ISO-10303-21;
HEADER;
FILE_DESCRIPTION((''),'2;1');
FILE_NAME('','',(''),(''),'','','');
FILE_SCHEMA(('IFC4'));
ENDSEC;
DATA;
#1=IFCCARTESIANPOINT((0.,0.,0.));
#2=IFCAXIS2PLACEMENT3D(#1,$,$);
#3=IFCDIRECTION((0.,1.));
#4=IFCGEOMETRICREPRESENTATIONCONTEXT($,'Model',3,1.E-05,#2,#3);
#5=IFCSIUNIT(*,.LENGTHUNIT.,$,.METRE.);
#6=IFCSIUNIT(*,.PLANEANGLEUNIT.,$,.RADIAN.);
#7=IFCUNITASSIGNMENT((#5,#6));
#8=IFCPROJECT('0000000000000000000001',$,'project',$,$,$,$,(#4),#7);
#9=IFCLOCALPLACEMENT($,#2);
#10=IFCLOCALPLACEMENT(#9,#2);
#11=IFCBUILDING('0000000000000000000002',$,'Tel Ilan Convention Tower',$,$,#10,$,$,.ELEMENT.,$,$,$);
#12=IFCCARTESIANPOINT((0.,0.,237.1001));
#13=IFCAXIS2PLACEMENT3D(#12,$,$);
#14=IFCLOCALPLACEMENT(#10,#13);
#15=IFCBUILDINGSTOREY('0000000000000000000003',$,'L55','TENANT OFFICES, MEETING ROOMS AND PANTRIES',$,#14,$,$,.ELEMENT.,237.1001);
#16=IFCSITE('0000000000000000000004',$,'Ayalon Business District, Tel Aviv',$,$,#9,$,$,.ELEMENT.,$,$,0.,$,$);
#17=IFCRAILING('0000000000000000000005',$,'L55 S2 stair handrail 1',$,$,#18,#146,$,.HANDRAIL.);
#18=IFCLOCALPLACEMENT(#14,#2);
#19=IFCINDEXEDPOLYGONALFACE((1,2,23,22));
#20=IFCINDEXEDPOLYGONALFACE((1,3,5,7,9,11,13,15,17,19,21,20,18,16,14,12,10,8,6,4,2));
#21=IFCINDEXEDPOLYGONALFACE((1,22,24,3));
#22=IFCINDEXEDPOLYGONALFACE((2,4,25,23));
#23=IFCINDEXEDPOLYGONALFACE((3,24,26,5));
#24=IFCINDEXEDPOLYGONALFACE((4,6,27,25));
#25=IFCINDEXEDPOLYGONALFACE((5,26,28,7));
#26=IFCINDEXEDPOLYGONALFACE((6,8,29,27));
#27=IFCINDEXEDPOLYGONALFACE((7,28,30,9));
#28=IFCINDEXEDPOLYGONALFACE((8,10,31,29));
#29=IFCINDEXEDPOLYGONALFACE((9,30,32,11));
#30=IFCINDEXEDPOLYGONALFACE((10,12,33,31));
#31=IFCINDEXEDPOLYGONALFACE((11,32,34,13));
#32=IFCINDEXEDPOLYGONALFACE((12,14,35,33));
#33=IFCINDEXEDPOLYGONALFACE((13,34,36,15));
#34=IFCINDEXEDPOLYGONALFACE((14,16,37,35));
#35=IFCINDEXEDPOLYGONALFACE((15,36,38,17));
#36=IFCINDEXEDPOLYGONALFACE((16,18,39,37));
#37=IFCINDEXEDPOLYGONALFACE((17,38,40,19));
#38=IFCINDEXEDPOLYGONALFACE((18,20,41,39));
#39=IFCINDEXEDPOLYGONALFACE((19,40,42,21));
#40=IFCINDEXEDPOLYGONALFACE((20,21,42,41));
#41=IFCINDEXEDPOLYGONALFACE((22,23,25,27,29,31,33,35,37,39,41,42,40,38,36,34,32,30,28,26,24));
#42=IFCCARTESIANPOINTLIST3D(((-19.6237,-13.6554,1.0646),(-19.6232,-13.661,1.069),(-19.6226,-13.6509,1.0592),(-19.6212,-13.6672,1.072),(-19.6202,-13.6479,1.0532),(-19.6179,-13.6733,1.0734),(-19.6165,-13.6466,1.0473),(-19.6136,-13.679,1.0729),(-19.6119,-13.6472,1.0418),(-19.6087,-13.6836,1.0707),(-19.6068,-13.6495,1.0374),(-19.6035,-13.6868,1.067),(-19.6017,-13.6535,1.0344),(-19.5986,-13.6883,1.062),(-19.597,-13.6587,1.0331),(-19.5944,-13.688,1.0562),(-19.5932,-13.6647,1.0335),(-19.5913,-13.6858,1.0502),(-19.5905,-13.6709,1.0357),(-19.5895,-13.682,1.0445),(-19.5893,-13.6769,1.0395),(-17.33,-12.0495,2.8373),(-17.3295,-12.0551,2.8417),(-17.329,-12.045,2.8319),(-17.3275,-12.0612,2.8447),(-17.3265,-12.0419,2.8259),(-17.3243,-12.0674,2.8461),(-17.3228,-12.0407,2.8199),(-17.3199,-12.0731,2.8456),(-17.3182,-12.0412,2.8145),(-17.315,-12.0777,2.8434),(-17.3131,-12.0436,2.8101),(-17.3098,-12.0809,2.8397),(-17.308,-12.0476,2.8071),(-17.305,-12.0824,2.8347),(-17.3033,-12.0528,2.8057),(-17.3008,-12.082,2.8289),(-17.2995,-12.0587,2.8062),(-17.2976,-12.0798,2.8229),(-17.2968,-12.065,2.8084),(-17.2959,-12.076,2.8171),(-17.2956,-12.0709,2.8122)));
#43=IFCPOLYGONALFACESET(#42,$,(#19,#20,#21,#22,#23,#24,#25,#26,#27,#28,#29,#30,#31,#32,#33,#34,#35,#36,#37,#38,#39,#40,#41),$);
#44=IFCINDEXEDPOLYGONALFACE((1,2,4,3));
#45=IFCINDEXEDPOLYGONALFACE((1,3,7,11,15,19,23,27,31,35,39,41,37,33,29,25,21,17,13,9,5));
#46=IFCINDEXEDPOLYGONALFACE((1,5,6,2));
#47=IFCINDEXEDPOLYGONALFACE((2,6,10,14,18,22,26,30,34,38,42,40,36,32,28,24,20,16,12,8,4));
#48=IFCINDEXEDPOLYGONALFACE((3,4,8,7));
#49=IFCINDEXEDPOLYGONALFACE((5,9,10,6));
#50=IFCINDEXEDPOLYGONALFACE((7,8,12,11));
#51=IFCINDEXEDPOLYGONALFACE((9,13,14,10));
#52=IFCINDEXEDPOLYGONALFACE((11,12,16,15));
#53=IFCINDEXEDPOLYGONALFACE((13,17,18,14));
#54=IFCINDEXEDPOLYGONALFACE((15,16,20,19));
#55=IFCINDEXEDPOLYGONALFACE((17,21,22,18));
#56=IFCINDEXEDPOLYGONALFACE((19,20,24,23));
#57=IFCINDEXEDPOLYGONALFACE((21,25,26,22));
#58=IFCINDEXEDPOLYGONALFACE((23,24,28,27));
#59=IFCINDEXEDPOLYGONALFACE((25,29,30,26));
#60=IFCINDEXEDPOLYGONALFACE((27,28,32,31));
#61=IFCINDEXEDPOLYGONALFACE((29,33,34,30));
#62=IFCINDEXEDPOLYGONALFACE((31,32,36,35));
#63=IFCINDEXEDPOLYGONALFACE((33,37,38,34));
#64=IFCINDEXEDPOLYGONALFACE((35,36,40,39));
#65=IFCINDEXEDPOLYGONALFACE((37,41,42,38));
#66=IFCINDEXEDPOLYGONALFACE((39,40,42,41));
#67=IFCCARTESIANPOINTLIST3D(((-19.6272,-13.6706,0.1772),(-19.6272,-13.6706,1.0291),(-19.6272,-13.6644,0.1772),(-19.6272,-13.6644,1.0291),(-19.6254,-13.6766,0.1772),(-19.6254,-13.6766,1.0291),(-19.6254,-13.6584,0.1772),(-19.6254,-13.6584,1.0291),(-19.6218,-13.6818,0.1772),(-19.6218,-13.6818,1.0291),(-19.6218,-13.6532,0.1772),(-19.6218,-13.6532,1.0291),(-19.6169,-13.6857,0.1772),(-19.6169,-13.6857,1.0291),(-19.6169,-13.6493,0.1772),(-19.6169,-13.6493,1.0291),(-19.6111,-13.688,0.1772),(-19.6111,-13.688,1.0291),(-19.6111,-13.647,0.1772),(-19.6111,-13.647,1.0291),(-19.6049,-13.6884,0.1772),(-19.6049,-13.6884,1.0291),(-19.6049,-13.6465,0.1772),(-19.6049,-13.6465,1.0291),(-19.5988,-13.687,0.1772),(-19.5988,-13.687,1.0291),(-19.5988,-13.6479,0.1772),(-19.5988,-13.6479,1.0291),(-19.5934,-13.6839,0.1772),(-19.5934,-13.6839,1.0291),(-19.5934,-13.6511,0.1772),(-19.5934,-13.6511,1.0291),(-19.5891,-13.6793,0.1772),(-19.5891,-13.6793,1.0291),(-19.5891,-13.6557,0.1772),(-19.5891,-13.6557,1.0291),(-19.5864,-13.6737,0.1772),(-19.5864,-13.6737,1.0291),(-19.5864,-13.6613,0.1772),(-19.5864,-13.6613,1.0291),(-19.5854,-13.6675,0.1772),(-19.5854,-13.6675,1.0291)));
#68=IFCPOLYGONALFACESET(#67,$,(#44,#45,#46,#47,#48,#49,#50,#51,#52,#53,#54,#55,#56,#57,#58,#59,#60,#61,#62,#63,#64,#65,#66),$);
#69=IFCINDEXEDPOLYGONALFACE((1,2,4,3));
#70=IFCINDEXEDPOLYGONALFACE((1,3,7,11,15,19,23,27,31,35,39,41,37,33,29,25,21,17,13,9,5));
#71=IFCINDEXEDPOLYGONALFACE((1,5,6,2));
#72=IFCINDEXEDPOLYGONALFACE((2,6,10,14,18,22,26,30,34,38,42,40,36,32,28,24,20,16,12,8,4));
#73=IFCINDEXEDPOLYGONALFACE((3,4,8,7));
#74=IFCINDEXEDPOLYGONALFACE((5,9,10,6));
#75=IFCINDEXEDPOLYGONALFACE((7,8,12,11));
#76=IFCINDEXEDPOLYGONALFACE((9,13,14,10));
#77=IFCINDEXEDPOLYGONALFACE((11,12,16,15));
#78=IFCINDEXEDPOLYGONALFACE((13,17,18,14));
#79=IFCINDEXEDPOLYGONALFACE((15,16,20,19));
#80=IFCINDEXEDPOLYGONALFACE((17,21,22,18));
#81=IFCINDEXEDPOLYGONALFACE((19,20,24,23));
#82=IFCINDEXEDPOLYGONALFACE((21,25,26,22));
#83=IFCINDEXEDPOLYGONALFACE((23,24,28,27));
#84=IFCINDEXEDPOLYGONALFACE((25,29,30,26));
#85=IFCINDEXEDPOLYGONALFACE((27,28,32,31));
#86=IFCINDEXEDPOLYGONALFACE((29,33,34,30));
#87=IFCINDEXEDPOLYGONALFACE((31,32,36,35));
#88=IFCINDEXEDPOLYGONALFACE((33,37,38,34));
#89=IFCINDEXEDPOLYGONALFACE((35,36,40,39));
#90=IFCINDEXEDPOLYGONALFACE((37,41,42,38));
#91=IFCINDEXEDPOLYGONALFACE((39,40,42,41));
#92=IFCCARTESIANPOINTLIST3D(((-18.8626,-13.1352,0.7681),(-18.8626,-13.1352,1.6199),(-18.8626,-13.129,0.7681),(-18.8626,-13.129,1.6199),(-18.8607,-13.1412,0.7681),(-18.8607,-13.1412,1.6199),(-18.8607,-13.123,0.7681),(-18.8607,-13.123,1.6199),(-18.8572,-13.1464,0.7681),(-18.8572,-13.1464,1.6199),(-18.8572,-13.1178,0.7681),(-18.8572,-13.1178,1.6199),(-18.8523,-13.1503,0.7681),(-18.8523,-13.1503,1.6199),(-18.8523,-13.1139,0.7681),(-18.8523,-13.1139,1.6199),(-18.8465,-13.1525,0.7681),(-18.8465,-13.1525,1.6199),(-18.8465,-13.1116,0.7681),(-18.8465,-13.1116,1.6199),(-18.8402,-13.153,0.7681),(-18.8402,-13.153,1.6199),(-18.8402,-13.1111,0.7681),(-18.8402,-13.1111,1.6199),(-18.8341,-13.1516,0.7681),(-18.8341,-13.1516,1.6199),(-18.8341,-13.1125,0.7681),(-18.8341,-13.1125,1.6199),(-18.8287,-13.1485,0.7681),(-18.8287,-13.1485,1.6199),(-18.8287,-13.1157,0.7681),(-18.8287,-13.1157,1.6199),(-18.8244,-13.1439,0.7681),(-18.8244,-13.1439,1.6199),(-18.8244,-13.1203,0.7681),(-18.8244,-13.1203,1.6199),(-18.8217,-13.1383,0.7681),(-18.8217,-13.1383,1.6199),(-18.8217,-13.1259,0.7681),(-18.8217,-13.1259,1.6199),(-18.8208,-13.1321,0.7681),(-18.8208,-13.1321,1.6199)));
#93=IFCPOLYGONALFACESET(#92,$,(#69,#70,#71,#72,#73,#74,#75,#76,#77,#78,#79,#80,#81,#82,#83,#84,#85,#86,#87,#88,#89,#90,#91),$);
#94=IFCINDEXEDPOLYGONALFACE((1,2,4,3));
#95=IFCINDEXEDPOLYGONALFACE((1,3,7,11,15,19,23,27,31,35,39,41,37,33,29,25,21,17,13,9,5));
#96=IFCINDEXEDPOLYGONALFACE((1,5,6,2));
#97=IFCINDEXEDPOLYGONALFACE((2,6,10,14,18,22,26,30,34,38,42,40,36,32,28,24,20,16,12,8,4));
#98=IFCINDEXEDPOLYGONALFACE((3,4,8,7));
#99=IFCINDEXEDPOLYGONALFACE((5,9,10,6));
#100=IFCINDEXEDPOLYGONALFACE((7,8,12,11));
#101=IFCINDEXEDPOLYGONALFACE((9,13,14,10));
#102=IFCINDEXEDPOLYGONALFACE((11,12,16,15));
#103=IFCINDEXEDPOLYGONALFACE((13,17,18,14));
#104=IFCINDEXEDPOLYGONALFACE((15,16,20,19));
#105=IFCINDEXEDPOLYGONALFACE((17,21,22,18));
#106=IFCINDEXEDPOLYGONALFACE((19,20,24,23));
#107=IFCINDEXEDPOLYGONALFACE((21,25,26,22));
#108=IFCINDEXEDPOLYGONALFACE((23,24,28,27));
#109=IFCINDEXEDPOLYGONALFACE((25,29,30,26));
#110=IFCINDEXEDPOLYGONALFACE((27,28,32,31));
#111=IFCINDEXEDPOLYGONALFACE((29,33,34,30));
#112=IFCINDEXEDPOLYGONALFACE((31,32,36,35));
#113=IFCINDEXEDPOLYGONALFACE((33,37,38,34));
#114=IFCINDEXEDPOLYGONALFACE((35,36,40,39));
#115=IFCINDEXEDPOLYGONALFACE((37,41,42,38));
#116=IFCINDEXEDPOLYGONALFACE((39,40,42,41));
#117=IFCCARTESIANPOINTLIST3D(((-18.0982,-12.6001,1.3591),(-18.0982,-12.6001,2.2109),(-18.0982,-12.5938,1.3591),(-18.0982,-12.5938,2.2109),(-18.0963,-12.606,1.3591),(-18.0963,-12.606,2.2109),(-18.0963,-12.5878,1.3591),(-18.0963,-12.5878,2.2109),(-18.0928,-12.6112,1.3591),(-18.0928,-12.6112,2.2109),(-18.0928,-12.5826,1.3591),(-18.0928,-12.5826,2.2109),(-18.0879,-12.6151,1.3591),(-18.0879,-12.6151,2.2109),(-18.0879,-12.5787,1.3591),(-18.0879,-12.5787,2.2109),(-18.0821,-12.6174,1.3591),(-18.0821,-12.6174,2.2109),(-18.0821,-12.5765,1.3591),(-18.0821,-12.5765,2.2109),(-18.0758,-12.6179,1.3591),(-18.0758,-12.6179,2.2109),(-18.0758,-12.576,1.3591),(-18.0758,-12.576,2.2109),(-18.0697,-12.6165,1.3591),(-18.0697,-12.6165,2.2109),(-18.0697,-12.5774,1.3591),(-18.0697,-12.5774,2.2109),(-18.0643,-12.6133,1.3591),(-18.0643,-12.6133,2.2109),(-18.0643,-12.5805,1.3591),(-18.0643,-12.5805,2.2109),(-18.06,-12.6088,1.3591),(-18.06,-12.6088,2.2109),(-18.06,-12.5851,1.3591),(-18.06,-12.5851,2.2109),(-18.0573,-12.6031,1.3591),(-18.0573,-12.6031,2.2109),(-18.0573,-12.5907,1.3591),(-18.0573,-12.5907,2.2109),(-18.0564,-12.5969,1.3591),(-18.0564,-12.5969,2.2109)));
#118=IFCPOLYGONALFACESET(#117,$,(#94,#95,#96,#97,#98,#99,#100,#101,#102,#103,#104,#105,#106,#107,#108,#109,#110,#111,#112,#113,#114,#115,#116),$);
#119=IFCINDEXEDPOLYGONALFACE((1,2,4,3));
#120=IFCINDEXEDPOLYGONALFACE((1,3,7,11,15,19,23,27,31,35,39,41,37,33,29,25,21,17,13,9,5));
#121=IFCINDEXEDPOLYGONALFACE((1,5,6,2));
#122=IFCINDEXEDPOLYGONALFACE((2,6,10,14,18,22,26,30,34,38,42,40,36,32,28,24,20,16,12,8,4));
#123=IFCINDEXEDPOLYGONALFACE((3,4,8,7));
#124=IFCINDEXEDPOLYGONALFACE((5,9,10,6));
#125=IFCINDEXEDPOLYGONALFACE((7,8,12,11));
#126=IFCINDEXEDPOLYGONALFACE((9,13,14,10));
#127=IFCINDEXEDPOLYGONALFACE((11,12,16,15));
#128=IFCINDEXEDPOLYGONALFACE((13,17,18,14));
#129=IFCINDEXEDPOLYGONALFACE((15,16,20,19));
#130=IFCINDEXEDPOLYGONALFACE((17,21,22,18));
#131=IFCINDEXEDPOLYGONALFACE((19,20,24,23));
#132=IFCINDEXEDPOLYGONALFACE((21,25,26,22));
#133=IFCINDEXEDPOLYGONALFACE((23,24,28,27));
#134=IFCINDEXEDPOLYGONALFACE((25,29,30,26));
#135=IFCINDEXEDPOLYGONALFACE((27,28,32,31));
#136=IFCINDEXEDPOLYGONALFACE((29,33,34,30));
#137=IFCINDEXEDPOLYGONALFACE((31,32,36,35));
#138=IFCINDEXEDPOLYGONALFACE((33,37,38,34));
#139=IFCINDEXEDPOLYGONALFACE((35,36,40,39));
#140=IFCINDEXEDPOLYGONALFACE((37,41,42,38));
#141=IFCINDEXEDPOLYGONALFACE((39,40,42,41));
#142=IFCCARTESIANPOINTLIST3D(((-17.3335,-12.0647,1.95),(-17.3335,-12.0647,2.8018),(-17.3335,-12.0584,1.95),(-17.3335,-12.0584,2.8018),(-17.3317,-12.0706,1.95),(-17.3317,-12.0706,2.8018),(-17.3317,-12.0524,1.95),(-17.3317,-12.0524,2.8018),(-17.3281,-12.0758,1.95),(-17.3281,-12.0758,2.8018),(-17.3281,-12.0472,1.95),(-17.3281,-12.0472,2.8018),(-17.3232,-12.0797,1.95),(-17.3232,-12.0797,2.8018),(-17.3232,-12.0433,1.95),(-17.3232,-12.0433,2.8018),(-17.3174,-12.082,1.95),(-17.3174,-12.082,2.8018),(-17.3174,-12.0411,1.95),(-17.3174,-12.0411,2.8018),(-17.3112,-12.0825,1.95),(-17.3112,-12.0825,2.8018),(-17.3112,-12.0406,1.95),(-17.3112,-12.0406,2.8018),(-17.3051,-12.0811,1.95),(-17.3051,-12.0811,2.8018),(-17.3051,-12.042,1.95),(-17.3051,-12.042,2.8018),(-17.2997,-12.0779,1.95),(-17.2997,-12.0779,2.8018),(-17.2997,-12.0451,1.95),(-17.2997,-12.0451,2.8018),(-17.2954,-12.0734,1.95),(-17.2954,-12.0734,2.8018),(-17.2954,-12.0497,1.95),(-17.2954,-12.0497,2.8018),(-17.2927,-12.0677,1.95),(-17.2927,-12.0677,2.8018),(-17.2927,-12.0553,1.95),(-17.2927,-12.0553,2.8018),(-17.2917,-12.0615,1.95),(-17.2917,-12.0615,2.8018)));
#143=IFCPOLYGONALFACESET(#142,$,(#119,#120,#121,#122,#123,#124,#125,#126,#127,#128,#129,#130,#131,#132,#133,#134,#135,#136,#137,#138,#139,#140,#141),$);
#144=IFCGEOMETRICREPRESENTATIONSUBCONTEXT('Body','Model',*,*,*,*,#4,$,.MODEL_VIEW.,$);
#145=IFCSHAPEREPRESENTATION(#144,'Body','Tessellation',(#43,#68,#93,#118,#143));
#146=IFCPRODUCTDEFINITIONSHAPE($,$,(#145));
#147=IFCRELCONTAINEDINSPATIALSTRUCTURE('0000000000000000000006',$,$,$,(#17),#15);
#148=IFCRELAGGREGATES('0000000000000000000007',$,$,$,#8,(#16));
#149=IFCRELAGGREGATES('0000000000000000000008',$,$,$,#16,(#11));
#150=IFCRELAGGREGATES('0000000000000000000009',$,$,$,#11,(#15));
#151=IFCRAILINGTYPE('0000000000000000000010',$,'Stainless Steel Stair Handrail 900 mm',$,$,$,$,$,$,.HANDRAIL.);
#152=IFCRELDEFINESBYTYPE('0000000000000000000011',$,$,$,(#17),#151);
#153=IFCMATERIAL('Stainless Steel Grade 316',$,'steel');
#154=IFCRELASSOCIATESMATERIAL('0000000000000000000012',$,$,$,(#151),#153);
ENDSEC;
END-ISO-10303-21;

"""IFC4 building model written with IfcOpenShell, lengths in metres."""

from ifc_helpers import new_model, si_unit, direction, frame, origin, origin_2d, place, context, subcontext, project, spatial, circle, extrude, material, type_object, element, save


model = new_model("IFC4")

# Units and contexts
model_context = context("Model", 3, precision=1e-05, world=origin(), true_north=direction((0.0, 1.0)))
body_context = subcontext(model_context, "Body", "Model", "MODEL_VIEW")
ifc_project = project(units=[si_unit("LENGTHUNIT", "METRE"), si_unit("PLANEANGLEUNIT", "RADIAN")], contexts=[model_context])

# Site, building, storey
site_placement = place(None, origin())
site = spatial("IfcSite", under=ifc_project, at=site_placement, Name="Ayalon Business District, Tel Aviv", CompositionType="ELEMENT", RefElevation=0.0)
building_placement = place(site_placement, origin())
building = spatial("IfcBuilding", under=site, at=building_placement, Name="Tel Ilan Convention Tower", CompositionType="ELEMENT")
storey_placement = place(building_placement, frame((0.0, 0.0, 237.1001)))
storey = spatial("IfcBuildingStorey", under=building, at=storey_placement, Name="L55", Description="TENANT OFFICES, MEETING ROOMS AND PANTRIES", CompositionType="ELEMENT", Elevation=237.1001)

# Railing
ifc_material_1 = material(Name="Stainless Steel Grade 316", Category="steel")
railing_type = type_object("IfcRailingType", Name="Stainless Steel Stair Handrail 900 mm", PredefinedType="HANDRAIL", material=ifc_material_1)
railing_placement = place(storey_placement, frame((-19.6064, -13.6675, 0.1772)))
element("IfcRailing", 1, at=railing_placement, inside=storey, type_object=railing_type, Name="L55 S2 stair handrail 1", PredefinedType="HANDRAIL", context=body_context, shape_type="SweptSolid", body=[
    extrude(circle(Radius=0.0239, at=origin_2d()), frame((0.0, 0.0, 0.876), z_axis=(0.692123, 0.484597, 0.534913), x_axis=(-0.57355, 0.81917, 0.0)), (0.0, 0.0, 1.0), 3.314),
    extrude(circle(Radius=0.021, at=origin_2d()), origin(), (0.0, 0.0, 1.0), 0.8518),
    extrude(circle(Radius=0.021, at=origin_2d()), frame((0.7646, 0.5354, 0.5908)), (0.0, 0.0, 1.0), 0.8518),
    extrude(circle(Radius=0.021, at=origin_2d()), frame((1.5291, 1.0706, 1.1819)), (0.0, 0.0, 1.0), 0.8518),
    extrude(circle(Radius=0.021, at=origin_2d()), frame((2.2937, 1.606, 1.7727)), (0.0, 0.0, 1.0), 0.8518),
])

save(model, "model.ifc")
